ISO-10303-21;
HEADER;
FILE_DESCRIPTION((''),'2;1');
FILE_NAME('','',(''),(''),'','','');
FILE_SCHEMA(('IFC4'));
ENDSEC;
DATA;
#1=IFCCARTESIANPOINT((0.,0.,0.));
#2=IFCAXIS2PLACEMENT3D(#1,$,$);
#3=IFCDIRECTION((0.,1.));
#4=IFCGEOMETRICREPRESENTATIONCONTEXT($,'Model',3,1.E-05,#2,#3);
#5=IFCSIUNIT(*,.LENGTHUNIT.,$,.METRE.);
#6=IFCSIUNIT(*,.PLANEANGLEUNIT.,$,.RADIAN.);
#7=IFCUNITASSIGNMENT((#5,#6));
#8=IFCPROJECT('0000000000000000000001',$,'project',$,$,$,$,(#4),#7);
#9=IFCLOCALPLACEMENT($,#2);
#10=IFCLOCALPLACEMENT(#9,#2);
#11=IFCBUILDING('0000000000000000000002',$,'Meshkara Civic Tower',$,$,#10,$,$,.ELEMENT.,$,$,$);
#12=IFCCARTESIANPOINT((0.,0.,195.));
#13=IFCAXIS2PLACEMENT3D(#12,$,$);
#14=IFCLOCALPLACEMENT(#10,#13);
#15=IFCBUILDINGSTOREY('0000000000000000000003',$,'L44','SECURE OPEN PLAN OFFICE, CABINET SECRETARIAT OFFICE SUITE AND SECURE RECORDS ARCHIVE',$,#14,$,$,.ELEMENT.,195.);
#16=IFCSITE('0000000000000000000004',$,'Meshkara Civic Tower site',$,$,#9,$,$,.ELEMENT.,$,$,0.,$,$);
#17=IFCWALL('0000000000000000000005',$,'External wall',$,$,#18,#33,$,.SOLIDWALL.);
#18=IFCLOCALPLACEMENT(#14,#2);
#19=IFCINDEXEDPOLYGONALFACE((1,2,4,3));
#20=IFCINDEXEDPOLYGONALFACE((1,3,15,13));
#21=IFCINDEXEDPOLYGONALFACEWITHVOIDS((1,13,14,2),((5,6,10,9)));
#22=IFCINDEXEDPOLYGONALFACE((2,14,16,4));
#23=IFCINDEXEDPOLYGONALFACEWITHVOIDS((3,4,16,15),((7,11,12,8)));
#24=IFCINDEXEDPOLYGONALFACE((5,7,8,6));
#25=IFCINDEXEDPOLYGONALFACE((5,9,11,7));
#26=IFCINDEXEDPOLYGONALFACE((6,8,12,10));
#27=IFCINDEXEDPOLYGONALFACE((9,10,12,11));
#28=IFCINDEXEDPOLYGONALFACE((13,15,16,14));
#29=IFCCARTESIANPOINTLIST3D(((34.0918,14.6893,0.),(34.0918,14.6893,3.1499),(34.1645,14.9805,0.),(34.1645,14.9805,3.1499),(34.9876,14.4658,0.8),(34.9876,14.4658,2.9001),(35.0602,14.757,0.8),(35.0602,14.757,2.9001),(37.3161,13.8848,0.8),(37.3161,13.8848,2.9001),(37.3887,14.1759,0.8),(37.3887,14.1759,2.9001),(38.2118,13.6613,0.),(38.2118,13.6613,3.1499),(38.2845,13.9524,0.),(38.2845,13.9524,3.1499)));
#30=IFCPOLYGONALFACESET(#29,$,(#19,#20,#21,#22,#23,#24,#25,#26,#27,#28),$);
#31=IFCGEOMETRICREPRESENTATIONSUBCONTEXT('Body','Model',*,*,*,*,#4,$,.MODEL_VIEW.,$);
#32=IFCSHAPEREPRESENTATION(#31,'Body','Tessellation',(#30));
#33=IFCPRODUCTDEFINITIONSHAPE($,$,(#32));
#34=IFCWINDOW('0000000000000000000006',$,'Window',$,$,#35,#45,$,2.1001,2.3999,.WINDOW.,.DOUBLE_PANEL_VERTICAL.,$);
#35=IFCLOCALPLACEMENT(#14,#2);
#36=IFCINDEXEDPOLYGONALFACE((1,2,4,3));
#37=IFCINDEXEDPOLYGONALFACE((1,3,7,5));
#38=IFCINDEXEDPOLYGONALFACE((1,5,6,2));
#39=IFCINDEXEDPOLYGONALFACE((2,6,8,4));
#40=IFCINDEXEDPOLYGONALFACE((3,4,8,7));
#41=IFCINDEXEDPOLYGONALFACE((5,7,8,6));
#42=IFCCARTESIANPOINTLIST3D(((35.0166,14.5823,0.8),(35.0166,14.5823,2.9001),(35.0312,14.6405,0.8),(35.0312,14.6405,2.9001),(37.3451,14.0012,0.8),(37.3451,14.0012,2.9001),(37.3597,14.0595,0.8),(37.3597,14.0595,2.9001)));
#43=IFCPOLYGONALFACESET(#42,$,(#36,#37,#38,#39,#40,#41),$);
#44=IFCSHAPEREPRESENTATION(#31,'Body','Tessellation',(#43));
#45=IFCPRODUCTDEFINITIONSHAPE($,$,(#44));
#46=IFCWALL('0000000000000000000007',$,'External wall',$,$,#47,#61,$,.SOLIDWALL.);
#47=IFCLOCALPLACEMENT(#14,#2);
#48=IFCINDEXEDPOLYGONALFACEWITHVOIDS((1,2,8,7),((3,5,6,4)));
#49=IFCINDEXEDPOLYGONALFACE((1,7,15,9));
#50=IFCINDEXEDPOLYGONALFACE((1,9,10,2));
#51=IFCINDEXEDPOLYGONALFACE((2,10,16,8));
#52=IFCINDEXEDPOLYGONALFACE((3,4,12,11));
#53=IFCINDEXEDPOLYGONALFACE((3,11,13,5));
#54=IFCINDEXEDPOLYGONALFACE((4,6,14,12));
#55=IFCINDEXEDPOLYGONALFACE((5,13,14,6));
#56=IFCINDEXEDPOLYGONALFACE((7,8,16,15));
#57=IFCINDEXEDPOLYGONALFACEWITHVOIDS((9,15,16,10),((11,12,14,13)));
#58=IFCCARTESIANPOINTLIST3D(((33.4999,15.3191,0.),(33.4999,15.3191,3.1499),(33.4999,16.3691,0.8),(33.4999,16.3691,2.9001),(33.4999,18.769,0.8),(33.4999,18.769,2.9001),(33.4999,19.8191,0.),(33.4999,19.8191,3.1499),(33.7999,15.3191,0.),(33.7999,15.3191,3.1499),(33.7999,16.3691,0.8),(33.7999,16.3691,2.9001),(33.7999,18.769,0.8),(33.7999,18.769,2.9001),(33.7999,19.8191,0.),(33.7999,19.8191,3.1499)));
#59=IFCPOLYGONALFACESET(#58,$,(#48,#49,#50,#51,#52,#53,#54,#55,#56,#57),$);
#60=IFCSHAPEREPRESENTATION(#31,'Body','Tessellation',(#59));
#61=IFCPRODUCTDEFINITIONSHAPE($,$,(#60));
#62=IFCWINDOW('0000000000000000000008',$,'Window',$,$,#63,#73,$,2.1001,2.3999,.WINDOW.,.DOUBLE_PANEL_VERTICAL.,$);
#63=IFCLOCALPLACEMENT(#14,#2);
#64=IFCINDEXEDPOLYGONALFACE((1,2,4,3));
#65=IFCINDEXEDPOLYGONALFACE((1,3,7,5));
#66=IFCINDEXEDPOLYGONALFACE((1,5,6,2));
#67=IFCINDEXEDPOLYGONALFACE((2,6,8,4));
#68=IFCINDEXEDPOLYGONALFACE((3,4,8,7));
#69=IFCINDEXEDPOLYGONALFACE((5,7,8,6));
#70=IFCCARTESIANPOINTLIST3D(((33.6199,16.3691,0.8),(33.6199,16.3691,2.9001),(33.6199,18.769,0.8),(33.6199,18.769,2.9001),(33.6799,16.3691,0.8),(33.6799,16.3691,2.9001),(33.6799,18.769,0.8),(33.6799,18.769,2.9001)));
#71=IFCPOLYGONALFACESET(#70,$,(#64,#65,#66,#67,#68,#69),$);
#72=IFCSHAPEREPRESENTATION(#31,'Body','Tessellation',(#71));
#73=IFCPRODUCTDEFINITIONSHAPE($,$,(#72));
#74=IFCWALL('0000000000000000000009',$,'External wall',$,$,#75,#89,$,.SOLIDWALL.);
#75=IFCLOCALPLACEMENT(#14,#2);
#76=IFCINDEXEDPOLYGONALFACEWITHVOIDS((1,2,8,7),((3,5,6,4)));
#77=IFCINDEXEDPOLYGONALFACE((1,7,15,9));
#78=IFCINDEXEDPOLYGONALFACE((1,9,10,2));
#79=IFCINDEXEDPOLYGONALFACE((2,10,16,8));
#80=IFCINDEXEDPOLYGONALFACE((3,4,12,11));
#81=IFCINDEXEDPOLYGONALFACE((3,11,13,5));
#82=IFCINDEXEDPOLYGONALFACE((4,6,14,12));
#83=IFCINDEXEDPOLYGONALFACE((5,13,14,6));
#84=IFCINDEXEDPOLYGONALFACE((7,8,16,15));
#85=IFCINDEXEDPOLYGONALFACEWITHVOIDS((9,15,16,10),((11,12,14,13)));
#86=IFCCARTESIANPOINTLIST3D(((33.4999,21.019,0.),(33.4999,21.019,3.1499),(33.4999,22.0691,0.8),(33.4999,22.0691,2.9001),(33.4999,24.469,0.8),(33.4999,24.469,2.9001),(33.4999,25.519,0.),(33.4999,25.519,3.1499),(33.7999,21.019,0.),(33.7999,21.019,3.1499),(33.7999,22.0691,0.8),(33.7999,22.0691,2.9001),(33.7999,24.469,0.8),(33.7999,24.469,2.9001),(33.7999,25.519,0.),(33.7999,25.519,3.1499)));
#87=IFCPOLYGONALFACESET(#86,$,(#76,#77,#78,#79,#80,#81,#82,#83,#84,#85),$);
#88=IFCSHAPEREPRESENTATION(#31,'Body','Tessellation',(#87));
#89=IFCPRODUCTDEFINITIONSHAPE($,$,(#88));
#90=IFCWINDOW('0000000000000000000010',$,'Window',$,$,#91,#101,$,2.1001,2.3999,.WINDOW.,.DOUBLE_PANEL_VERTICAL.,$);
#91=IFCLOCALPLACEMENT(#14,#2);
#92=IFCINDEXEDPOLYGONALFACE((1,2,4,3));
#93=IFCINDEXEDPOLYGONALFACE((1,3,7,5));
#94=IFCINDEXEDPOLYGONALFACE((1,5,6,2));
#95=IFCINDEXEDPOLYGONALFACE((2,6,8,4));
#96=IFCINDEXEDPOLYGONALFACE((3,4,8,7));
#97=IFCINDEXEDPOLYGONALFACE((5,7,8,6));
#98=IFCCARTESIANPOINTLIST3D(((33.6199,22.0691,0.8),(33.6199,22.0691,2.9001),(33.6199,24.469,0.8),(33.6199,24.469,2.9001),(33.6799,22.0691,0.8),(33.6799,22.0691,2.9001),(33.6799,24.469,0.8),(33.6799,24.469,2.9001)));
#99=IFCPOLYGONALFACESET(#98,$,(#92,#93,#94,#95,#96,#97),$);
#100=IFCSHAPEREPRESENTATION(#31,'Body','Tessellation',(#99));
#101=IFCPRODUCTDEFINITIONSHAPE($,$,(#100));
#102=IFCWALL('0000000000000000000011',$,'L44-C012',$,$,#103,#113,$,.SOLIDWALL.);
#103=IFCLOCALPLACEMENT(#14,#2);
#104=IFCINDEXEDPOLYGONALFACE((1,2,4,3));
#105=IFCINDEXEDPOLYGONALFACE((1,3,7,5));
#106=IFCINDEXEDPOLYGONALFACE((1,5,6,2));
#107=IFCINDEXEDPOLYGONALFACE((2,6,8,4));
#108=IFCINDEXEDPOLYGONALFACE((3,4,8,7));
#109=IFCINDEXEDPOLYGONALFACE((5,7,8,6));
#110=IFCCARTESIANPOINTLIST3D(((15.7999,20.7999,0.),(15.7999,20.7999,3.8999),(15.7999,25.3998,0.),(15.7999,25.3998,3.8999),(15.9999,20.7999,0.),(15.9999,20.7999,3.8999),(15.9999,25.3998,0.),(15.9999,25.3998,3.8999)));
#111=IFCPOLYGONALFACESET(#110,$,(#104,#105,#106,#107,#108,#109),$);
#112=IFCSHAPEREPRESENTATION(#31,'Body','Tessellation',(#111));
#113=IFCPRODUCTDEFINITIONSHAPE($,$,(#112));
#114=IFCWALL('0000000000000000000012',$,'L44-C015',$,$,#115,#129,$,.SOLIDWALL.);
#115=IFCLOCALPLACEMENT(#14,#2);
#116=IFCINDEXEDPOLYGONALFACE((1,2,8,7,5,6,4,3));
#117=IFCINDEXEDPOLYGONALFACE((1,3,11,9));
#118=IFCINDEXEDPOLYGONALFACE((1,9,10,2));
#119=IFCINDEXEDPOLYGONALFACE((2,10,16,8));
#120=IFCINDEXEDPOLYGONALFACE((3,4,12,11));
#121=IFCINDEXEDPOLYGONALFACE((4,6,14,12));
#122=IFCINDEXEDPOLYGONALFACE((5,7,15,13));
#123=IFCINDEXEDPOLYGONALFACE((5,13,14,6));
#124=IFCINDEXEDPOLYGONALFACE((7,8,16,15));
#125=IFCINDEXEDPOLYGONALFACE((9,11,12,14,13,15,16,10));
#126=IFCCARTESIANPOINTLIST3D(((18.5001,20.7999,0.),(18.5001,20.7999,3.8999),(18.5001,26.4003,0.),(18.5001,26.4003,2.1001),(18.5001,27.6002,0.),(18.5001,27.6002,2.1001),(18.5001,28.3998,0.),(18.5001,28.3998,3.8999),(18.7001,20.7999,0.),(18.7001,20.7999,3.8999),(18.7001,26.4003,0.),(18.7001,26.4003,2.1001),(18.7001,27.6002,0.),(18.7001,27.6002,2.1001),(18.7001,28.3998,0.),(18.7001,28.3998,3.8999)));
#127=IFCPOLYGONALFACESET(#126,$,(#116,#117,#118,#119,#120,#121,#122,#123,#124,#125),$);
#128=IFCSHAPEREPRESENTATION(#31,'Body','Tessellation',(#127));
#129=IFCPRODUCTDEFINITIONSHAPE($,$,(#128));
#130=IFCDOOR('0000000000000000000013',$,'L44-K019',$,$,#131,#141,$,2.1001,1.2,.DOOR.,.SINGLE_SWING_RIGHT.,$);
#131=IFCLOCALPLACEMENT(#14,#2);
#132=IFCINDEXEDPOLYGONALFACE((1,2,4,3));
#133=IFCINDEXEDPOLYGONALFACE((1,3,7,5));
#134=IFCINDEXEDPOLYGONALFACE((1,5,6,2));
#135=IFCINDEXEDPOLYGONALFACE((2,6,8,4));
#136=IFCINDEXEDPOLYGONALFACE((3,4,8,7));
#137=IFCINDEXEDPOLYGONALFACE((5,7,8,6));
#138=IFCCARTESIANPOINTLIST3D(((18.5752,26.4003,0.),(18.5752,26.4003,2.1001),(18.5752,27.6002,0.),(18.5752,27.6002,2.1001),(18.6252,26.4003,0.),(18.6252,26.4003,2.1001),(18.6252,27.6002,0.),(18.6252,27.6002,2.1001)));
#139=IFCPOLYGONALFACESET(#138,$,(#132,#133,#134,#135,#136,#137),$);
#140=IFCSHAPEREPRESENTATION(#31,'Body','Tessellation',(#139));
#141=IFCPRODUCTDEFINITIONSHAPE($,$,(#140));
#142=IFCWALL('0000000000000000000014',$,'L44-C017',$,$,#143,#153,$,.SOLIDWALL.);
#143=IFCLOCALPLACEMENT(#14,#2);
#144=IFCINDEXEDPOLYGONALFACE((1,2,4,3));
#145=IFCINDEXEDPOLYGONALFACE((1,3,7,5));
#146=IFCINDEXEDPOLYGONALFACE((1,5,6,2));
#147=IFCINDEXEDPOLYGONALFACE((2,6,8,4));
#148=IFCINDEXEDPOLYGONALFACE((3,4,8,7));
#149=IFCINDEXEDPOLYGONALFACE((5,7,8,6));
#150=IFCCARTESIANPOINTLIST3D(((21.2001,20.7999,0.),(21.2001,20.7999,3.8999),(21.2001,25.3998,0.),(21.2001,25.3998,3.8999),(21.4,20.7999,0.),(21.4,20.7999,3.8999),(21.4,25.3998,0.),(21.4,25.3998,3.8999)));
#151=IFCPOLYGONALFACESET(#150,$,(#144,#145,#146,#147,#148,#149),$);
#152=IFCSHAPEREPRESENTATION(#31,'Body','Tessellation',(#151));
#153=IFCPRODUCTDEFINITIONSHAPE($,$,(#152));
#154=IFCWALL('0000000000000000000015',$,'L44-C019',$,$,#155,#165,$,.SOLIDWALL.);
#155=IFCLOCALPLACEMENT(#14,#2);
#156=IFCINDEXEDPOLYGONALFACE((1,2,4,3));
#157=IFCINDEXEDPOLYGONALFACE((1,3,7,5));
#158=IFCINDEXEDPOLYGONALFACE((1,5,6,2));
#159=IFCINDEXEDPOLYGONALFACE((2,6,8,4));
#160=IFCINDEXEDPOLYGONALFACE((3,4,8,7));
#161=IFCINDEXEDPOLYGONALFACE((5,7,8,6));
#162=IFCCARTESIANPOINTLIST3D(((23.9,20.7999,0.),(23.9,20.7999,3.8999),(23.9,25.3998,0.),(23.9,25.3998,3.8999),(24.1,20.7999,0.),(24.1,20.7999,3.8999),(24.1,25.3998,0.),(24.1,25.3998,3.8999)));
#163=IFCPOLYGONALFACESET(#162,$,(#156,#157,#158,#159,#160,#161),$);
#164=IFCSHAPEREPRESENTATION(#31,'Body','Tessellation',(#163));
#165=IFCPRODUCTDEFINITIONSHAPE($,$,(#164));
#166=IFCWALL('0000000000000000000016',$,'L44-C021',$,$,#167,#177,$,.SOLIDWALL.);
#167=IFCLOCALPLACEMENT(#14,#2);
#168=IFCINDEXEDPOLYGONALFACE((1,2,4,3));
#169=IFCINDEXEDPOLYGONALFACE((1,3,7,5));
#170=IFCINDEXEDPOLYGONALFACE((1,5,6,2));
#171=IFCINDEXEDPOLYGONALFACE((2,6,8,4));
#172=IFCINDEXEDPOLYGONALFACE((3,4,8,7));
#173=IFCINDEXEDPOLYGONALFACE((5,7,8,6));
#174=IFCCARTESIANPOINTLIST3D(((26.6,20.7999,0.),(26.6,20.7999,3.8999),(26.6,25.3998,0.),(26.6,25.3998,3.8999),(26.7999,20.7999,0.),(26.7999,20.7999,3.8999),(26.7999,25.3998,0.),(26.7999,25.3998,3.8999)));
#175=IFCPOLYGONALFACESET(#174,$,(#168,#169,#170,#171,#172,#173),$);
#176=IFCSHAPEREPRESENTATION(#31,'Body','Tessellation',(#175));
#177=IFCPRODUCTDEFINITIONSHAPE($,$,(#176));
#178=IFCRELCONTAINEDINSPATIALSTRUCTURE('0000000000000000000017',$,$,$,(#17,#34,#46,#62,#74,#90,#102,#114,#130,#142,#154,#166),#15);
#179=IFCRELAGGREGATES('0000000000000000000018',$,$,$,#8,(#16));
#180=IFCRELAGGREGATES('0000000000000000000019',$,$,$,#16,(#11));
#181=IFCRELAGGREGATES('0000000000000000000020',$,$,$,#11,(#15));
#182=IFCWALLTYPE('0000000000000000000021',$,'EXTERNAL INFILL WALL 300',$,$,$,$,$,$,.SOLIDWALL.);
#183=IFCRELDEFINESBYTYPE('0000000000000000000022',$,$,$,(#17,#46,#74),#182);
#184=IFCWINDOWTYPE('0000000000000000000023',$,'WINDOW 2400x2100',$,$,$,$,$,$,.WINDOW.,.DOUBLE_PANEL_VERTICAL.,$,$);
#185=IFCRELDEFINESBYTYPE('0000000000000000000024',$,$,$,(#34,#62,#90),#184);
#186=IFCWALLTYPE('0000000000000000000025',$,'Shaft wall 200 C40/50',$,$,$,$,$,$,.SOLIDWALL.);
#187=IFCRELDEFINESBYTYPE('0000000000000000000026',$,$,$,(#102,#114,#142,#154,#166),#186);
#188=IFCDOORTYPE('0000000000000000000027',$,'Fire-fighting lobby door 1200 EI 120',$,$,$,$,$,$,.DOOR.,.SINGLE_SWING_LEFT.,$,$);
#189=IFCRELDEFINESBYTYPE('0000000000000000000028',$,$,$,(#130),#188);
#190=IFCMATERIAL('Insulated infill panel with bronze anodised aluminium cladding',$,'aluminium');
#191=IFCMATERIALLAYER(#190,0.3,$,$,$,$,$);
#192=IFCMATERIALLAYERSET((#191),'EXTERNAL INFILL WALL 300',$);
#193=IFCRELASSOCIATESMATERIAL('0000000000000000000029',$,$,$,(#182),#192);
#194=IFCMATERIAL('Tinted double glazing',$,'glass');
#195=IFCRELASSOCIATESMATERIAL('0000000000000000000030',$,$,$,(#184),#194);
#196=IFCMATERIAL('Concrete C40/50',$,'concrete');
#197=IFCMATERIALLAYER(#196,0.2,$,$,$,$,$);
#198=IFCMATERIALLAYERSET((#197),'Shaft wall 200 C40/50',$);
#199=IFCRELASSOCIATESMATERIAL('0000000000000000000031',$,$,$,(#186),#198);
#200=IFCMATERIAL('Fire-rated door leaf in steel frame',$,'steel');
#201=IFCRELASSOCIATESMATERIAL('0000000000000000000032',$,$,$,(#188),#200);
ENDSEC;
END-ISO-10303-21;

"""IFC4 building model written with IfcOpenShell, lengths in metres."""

from ifc_helpers import new_model, si_unit, direction, frame, frame_2d, origin, place, context, subcontext, project, spatial, rectangle, extrude, material, layer, layer_set, type_object, element, fill, save


model = new_model("IFC4")

# Units and contexts
model_context = context("Model", 3, precision=1e-05, world=origin(), true_north=direction((0.0, 1.0)))
body_context = subcontext(model_context, "Body", "Model", "MODEL_VIEW")
ifc_project = project(units=[si_unit("LENGTHUNIT", "METRE"), si_unit("PLANEANGLEUNIT", "RADIAN")], contexts=[model_context])

# Site, building, storey
site_placement = place(None, origin())
site = spatial("IfcSite", under=ifc_project, at=site_placement, Name="Meshkara Civic Tower site", CompositionType="ELEMENT", RefElevation=0.0)
building_placement = place(site_placement, origin())
building = spatial("IfcBuilding", under=site, at=building_placement, Name="Meshkara Civic Tower", CompositionType="ELEMENT")
storey_placement = place(building_placement, frame((0.0, 0.0, 195.0)))
storey = spatial("IfcBuildingStorey", under=building, at=storey_placement, Name="L44", Description="SECURE OPEN PLAN OFFICE, CABINET SECRETARIAT OFFICE SUITE AND SECURE RECORDS ARCHIVE", CompositionType="ELEMENT", Elevation=195.0)

# Walls, openings, windows
ifc_material_1 = material(Name="Insulated infill panel with bronze anodised aluminium cladding", Category="aluminium")
ifc_layer_1 = layer(ifc_material_1, 0.3)
ifc_layer_set_1 = layer_set([ifc_layer_1], Name="EXTERNAL INFILL WALL 300")
wall_type_1 = type_object("IfcWallType", Name="EXTERNAL INFILL WALL 300", PredefinedType="SOLIDWALL", material=ifc_layer_set_1)
wall_1_placement = place(storey_placement, frame((38.248, 13.8069, 0.0), z_axis=(0.0, 0.0, 1.0), x_axis=(-0.970251, 0.242103, 0.0)))
wall_1 = element("IfcWall", 1, at=wall_1_placement, inside=storey, type_object=wall_type_1, Name="External wall", PredefinedType="SOLIDWALL", context=body_context, shape_type="SweptSolid", body=[
    extrude(rectangle(XDim=4.2463, YDim=0.3, at=frame_2d((2.123, 0.0))), origin(), (0.0, 0.0, 1.0), 3.1499),
])
opening_1_placement = place(wall_1_placement, frame((0.9231, 0.0, 0.8)))
opening_1 = element("IfcOpeningElement", 2, at=opening_1_placement, cuts=wall_1, PredefinedType="OPENING", context=body_context, shape_type="SweptSolid", body=[
    extrude(rectangle(XDim=2.3999, YDim=2.1001, at=frame_2d((1.2, 1.05))), frame((0.0, 0.1599, 0.0), z_axis=(0.0, -1.0, 0.0), x_axis=(1.0, 0.0, 0.0)), (0.0, 0.0, 1.0), 0.3201),
])
ifc_material_2 = material(Name="Tinted double glazing", Category="glass")
window_type = type_object("IfcWindowType", Name="WINDOW 2400x2100", PartitioningType="DOUBLE_PANEL_VERTICAL", PredefinedType="WINDOW", material=ifc_material_2)
window_1_placement = place(opening_1_placement, origin())
window_1 = element("IfcWindow", 3, at=window_1_placement, inside=storey, type_object=window_type, Name="Window", OverallHeight=2.1001, OverallWidth=2.3999, PartitioningType="DOUBLE_PANEL_VERTICAL", PredefinedType="WINDOW", context=body_context, shape_type="SweptSolid", body=[
    extrude(rectangle(XDim=2.3999, YDim=2.1001, at=frame_2d((1.2, 1.05))), frame((0.0, 0.03, 0.0), z_axis=(0.0, -1.0, 0.0), x_axis=(1.0, 0.0, 0.0)), (0.0, 0.0, 1.0), 0.0601),
])
fill(opening_1, window_1)
wall_2_placement = place(storey_placement, frame((33.6499, 15.3191, 0.0), z_axis=(0.0, 0.0, 1.0), x_axis=(0.0, 1.0, 0.0)))
wall_2 = element("IfcWall", 4, at=wall_2_placement, inside=storey, type_object=wall_type_1, Name="External wall", PredefinedType="SOLIDWALL", context=body_context, shape_type="SweptSolid", body=[
    extrude(rectangle(XDim=4.5, YDim=0.3, at=frame_2d((2.25, 0.0))), origin(), (0.0, 0.0, 1.0), 3.1499),
])
opening_2_placement = place(wall_2_placement, frame((1.05, 0.0, 0.8)))
opening_2 = element("IfcOpeningElement", 5, at=opening_2_placement, cuts=wall_2, PredefinedType="OPENING", context=body_context, shape_type="SweptSolid", body=[
    extrude(rectangle(XDim=2.3999, YDim=2.1001, at=frame_2d((1.2, 1.05))), frame((0.0, 0.1599, 0.0), z_axis=(0.0, -1.0, 0.0), x_axis=(1.0, 0.0, 0.0)), (0.0, 0.0, 1.0), 0.3201),
])
window_2_placement = place(opening_2_placement, origin())
window_2 = element("IfcWindow", 6, at=window_2_placement, inside=storey, type_object=window_type, Name="Window", OverallHeight=2.1001, OverallWidth=2.3999, PartitioningType="DOUBLE_PANEL_VERTICAL", PredefinedType="WINDOW", context=body_context, shape_type="SweptSolid", body=[
    extrude(rectangle(XDim=2.3999, YDim=2.1001, at=frame_2d((1.2, 1.05))), frame((0.0, 0.03, 0.0), z_axis=(0.0, -1.0, 0.0), x_axis=(1.0, 0.0, 0.0)), (0.0, 0.0, 1.0), 0.0601),
])
fill(opening_2, window_2)
wall_3_placement = place(storey_placement, frame((33.6499, 21.019, 0.0), z_axis=(0.0, 0.0, 1.0), x_axis=(0.0, 1.0, 0.0)))
wall_3 = element("IfcWall", 7, at=wall_3_placement, inside=storey, type_object=wall_type_1, Name="External wall", PredefinedType="SOLIDWALL", context=body_context, shape_type="SweptSolid", body=[
    extrude(rectangle(XDim=4.5, YDim=0.3, at=frame_2d((2.25, 0.0))), origin(), (0.0, 0.0, 1.0), 3.1499),
])
opening_3_placement = place(wall_3_placement, frame((1.05, 0.0, 0.8)))
opening_3 = element("IfcOpeningElement", 8, at=opening_3_placement, cuts=wall_3, PredefinedType="OPENING", context=body_context, shape_type="SweptSolid", body=[
    extrude(rectangle(XDim=2.3999, YDim=2.1001, at=frame_2d((1.2, 1.05))), frame((0.0, 0.1599, 0.0), z_axis=(0.0, -1.0, 0.0), x_axis=(1.0, 0.0, 0.0)), (0.0, 0.0, 1.0), 0.3201),
])
window_3_placement = place(opening_3_placement, origin())
window_3 = element("IfcWindow", 9, at=window_3_placement, inside=storey, type_object=window_type, Name="Window", OverallHeight=2.1001, OverallWidth=2.3999, PartitioningType="DOUBLE_PANEL_VERTICAL", PredefinedType="WINDOW", context=body_context, shape_type="SweptSolid", body=[
    extrude(rectangle(XDim=2.3999, YDim=2.1001, at=frame_2d((1.2, 1.05))), frame((0.0, 0.03, 0.0), z_axis=(0.0, -1.0, 0.0), x_axis=(1.0, 0.0, 0.0)), (0.0, 0.0, 1.0), 0.0601),
])
fill(opening_3, window_3)

# Wall
ifc_material_3 = material(Name="Concrete C40/50", Category="concrete")
ifc_layer_2 = layer(ifc_material_3, 0.2)
ifc_layer_set_2 = layer_set([ifc_layer_2], Name="Shaft wall 200 C40/50")
wall_type_2 = type_object("IfcWallType", Name="Shaft wall 200 C40/50", PredefinedType="SOLIDWALL", material=ifc_layer_set_2)
wall_4_placement = place(storey_placement, frame((15.8999, 20.8, 0.0), z_axis=(0.0, 0.0, 1.0), x_axis=(0.0, 1.0, 0.0)))
element("IfcWall", 10, at=wall_4_placement, inside=storey, type_object=wall_type_2, Name="L44-C012", PredefinedType="SOLIDWALL", context=body_context, shape_type="SweptSolid", body=[
    extrude(rectangle(XDim=4.5999, YDim=0.2, at=frame_2d((2.2998, 0.0))), origin(), (0.0, 0.0, 1.0), 3.8999),
])

# Wall, opening, door
wall_5_placement = place(storey_placement, frame((18.6001, 20.8, 0.0), z_axis=(0.0, 0.0, 1.0), x_axis=(0.0, 1.0, 0.0)))
wall_5 = element("IfcWall", 11, at=wall_5_placement, inside=storey, type_object=wall_type_2, Name="L44-C015", PredefinedType="SOLIDWALL", context=body_context, shape_type="SweptSolid", body=[
    extrude(rectangle(XDim=7.5999, YDim=0.2, at=frame_2d((3.7998, 0.0))), origin(), (0.0, 0.0, 1.0), 3.8999),
])
opening_4_placement = place(wall_5_placement, frame((5.6001, 0.0, 0.0)))
opening_4 = element("IfcOpeningElement", 12, at=opening_4_placement, cuts=wall_5, PredefinedType="OPENING", context=body_context, shape_type="SweptSolid", body=[
    extrude(rectangle(XDim=1.2, YDim=2.1001, at=frame_2d((0.6001, 1.05))), frame((0.0, 0.1099, 0.0), z_axis=(0.0, -1.0, 0.0), x_axis=(1.0, 0.0, 0.0)), (0.0, 0.0, 1.0), 0.22),
])
ifc_material_4 = material(Name="Fire-rated door leaf in steel frame", Category="steel")
door_type_1 = type_object("IfcDoorType", Name="Fire-fighting lobby door 1200 EI 120", OperationType="SINGLE_SWING_LEFT", PredefinedType="DOOR", material=ifc_material_4)
door_1_placement = place(opening_4_placement, origin())
door_1 = element("IfcDoor", 13, at=door_1_placement, inside=storey, type_object=door_type_1, Name="L44-K019", OperationType="SINGLE_SWING_RIGHT", OverallHeight=2.1001, OverallWidth=1.2, PredefinedType="DOOR", context=body_context, shape_type="SweptSolid", body=[
    extrude(rectangle(XDim=1.2, YDim=2.1001, at=frame_2d((0.6001, 1.05))), frame((0.0, 0.0249, 0.0), z_axis=(0.0, -1.0, 0.0), x_axis=(1.0, 0.0, 0.0)), (0.0, 0.0, 1.0), 0.05),
])
fill(opening_4, door_1)

# Walls
for number, where, z_axis, x_axis, name in (
    (14, (21.3, 20.8, 0.0), (0.0, 0.0, 1.0), (0.0, 1.0, 0.0), "L44-C017"),
    (15, (24.0, 20.8, 0.0), (0.0, 0.0, 1.0), (0.0, 1.0, 0.0), "L44-C019"),
    (16, (26.7, 20.8, 0.0), (0.0, 0.0, 1.0), (0.0, 1.0, 0.0), "L44-C021"),
):
    element("IfcWall", number, at=place(storey_placement, frame(where, z_axis=z_axis, x_axis=x_axis)), inside=storey, type_object=wall_type_2, Name=name, PredefinedType="SOLIDWALL", context=body_context, shape_type="SweptSolid", body=[
        extrude(rectangle(XDim=4.5999, YDim=0.2, at=frame_2d((2.2998, 0.0))), origin(), (0.0, 0.0, 1.0), 3.8999),
    ])

save(model, "model.ifc")
